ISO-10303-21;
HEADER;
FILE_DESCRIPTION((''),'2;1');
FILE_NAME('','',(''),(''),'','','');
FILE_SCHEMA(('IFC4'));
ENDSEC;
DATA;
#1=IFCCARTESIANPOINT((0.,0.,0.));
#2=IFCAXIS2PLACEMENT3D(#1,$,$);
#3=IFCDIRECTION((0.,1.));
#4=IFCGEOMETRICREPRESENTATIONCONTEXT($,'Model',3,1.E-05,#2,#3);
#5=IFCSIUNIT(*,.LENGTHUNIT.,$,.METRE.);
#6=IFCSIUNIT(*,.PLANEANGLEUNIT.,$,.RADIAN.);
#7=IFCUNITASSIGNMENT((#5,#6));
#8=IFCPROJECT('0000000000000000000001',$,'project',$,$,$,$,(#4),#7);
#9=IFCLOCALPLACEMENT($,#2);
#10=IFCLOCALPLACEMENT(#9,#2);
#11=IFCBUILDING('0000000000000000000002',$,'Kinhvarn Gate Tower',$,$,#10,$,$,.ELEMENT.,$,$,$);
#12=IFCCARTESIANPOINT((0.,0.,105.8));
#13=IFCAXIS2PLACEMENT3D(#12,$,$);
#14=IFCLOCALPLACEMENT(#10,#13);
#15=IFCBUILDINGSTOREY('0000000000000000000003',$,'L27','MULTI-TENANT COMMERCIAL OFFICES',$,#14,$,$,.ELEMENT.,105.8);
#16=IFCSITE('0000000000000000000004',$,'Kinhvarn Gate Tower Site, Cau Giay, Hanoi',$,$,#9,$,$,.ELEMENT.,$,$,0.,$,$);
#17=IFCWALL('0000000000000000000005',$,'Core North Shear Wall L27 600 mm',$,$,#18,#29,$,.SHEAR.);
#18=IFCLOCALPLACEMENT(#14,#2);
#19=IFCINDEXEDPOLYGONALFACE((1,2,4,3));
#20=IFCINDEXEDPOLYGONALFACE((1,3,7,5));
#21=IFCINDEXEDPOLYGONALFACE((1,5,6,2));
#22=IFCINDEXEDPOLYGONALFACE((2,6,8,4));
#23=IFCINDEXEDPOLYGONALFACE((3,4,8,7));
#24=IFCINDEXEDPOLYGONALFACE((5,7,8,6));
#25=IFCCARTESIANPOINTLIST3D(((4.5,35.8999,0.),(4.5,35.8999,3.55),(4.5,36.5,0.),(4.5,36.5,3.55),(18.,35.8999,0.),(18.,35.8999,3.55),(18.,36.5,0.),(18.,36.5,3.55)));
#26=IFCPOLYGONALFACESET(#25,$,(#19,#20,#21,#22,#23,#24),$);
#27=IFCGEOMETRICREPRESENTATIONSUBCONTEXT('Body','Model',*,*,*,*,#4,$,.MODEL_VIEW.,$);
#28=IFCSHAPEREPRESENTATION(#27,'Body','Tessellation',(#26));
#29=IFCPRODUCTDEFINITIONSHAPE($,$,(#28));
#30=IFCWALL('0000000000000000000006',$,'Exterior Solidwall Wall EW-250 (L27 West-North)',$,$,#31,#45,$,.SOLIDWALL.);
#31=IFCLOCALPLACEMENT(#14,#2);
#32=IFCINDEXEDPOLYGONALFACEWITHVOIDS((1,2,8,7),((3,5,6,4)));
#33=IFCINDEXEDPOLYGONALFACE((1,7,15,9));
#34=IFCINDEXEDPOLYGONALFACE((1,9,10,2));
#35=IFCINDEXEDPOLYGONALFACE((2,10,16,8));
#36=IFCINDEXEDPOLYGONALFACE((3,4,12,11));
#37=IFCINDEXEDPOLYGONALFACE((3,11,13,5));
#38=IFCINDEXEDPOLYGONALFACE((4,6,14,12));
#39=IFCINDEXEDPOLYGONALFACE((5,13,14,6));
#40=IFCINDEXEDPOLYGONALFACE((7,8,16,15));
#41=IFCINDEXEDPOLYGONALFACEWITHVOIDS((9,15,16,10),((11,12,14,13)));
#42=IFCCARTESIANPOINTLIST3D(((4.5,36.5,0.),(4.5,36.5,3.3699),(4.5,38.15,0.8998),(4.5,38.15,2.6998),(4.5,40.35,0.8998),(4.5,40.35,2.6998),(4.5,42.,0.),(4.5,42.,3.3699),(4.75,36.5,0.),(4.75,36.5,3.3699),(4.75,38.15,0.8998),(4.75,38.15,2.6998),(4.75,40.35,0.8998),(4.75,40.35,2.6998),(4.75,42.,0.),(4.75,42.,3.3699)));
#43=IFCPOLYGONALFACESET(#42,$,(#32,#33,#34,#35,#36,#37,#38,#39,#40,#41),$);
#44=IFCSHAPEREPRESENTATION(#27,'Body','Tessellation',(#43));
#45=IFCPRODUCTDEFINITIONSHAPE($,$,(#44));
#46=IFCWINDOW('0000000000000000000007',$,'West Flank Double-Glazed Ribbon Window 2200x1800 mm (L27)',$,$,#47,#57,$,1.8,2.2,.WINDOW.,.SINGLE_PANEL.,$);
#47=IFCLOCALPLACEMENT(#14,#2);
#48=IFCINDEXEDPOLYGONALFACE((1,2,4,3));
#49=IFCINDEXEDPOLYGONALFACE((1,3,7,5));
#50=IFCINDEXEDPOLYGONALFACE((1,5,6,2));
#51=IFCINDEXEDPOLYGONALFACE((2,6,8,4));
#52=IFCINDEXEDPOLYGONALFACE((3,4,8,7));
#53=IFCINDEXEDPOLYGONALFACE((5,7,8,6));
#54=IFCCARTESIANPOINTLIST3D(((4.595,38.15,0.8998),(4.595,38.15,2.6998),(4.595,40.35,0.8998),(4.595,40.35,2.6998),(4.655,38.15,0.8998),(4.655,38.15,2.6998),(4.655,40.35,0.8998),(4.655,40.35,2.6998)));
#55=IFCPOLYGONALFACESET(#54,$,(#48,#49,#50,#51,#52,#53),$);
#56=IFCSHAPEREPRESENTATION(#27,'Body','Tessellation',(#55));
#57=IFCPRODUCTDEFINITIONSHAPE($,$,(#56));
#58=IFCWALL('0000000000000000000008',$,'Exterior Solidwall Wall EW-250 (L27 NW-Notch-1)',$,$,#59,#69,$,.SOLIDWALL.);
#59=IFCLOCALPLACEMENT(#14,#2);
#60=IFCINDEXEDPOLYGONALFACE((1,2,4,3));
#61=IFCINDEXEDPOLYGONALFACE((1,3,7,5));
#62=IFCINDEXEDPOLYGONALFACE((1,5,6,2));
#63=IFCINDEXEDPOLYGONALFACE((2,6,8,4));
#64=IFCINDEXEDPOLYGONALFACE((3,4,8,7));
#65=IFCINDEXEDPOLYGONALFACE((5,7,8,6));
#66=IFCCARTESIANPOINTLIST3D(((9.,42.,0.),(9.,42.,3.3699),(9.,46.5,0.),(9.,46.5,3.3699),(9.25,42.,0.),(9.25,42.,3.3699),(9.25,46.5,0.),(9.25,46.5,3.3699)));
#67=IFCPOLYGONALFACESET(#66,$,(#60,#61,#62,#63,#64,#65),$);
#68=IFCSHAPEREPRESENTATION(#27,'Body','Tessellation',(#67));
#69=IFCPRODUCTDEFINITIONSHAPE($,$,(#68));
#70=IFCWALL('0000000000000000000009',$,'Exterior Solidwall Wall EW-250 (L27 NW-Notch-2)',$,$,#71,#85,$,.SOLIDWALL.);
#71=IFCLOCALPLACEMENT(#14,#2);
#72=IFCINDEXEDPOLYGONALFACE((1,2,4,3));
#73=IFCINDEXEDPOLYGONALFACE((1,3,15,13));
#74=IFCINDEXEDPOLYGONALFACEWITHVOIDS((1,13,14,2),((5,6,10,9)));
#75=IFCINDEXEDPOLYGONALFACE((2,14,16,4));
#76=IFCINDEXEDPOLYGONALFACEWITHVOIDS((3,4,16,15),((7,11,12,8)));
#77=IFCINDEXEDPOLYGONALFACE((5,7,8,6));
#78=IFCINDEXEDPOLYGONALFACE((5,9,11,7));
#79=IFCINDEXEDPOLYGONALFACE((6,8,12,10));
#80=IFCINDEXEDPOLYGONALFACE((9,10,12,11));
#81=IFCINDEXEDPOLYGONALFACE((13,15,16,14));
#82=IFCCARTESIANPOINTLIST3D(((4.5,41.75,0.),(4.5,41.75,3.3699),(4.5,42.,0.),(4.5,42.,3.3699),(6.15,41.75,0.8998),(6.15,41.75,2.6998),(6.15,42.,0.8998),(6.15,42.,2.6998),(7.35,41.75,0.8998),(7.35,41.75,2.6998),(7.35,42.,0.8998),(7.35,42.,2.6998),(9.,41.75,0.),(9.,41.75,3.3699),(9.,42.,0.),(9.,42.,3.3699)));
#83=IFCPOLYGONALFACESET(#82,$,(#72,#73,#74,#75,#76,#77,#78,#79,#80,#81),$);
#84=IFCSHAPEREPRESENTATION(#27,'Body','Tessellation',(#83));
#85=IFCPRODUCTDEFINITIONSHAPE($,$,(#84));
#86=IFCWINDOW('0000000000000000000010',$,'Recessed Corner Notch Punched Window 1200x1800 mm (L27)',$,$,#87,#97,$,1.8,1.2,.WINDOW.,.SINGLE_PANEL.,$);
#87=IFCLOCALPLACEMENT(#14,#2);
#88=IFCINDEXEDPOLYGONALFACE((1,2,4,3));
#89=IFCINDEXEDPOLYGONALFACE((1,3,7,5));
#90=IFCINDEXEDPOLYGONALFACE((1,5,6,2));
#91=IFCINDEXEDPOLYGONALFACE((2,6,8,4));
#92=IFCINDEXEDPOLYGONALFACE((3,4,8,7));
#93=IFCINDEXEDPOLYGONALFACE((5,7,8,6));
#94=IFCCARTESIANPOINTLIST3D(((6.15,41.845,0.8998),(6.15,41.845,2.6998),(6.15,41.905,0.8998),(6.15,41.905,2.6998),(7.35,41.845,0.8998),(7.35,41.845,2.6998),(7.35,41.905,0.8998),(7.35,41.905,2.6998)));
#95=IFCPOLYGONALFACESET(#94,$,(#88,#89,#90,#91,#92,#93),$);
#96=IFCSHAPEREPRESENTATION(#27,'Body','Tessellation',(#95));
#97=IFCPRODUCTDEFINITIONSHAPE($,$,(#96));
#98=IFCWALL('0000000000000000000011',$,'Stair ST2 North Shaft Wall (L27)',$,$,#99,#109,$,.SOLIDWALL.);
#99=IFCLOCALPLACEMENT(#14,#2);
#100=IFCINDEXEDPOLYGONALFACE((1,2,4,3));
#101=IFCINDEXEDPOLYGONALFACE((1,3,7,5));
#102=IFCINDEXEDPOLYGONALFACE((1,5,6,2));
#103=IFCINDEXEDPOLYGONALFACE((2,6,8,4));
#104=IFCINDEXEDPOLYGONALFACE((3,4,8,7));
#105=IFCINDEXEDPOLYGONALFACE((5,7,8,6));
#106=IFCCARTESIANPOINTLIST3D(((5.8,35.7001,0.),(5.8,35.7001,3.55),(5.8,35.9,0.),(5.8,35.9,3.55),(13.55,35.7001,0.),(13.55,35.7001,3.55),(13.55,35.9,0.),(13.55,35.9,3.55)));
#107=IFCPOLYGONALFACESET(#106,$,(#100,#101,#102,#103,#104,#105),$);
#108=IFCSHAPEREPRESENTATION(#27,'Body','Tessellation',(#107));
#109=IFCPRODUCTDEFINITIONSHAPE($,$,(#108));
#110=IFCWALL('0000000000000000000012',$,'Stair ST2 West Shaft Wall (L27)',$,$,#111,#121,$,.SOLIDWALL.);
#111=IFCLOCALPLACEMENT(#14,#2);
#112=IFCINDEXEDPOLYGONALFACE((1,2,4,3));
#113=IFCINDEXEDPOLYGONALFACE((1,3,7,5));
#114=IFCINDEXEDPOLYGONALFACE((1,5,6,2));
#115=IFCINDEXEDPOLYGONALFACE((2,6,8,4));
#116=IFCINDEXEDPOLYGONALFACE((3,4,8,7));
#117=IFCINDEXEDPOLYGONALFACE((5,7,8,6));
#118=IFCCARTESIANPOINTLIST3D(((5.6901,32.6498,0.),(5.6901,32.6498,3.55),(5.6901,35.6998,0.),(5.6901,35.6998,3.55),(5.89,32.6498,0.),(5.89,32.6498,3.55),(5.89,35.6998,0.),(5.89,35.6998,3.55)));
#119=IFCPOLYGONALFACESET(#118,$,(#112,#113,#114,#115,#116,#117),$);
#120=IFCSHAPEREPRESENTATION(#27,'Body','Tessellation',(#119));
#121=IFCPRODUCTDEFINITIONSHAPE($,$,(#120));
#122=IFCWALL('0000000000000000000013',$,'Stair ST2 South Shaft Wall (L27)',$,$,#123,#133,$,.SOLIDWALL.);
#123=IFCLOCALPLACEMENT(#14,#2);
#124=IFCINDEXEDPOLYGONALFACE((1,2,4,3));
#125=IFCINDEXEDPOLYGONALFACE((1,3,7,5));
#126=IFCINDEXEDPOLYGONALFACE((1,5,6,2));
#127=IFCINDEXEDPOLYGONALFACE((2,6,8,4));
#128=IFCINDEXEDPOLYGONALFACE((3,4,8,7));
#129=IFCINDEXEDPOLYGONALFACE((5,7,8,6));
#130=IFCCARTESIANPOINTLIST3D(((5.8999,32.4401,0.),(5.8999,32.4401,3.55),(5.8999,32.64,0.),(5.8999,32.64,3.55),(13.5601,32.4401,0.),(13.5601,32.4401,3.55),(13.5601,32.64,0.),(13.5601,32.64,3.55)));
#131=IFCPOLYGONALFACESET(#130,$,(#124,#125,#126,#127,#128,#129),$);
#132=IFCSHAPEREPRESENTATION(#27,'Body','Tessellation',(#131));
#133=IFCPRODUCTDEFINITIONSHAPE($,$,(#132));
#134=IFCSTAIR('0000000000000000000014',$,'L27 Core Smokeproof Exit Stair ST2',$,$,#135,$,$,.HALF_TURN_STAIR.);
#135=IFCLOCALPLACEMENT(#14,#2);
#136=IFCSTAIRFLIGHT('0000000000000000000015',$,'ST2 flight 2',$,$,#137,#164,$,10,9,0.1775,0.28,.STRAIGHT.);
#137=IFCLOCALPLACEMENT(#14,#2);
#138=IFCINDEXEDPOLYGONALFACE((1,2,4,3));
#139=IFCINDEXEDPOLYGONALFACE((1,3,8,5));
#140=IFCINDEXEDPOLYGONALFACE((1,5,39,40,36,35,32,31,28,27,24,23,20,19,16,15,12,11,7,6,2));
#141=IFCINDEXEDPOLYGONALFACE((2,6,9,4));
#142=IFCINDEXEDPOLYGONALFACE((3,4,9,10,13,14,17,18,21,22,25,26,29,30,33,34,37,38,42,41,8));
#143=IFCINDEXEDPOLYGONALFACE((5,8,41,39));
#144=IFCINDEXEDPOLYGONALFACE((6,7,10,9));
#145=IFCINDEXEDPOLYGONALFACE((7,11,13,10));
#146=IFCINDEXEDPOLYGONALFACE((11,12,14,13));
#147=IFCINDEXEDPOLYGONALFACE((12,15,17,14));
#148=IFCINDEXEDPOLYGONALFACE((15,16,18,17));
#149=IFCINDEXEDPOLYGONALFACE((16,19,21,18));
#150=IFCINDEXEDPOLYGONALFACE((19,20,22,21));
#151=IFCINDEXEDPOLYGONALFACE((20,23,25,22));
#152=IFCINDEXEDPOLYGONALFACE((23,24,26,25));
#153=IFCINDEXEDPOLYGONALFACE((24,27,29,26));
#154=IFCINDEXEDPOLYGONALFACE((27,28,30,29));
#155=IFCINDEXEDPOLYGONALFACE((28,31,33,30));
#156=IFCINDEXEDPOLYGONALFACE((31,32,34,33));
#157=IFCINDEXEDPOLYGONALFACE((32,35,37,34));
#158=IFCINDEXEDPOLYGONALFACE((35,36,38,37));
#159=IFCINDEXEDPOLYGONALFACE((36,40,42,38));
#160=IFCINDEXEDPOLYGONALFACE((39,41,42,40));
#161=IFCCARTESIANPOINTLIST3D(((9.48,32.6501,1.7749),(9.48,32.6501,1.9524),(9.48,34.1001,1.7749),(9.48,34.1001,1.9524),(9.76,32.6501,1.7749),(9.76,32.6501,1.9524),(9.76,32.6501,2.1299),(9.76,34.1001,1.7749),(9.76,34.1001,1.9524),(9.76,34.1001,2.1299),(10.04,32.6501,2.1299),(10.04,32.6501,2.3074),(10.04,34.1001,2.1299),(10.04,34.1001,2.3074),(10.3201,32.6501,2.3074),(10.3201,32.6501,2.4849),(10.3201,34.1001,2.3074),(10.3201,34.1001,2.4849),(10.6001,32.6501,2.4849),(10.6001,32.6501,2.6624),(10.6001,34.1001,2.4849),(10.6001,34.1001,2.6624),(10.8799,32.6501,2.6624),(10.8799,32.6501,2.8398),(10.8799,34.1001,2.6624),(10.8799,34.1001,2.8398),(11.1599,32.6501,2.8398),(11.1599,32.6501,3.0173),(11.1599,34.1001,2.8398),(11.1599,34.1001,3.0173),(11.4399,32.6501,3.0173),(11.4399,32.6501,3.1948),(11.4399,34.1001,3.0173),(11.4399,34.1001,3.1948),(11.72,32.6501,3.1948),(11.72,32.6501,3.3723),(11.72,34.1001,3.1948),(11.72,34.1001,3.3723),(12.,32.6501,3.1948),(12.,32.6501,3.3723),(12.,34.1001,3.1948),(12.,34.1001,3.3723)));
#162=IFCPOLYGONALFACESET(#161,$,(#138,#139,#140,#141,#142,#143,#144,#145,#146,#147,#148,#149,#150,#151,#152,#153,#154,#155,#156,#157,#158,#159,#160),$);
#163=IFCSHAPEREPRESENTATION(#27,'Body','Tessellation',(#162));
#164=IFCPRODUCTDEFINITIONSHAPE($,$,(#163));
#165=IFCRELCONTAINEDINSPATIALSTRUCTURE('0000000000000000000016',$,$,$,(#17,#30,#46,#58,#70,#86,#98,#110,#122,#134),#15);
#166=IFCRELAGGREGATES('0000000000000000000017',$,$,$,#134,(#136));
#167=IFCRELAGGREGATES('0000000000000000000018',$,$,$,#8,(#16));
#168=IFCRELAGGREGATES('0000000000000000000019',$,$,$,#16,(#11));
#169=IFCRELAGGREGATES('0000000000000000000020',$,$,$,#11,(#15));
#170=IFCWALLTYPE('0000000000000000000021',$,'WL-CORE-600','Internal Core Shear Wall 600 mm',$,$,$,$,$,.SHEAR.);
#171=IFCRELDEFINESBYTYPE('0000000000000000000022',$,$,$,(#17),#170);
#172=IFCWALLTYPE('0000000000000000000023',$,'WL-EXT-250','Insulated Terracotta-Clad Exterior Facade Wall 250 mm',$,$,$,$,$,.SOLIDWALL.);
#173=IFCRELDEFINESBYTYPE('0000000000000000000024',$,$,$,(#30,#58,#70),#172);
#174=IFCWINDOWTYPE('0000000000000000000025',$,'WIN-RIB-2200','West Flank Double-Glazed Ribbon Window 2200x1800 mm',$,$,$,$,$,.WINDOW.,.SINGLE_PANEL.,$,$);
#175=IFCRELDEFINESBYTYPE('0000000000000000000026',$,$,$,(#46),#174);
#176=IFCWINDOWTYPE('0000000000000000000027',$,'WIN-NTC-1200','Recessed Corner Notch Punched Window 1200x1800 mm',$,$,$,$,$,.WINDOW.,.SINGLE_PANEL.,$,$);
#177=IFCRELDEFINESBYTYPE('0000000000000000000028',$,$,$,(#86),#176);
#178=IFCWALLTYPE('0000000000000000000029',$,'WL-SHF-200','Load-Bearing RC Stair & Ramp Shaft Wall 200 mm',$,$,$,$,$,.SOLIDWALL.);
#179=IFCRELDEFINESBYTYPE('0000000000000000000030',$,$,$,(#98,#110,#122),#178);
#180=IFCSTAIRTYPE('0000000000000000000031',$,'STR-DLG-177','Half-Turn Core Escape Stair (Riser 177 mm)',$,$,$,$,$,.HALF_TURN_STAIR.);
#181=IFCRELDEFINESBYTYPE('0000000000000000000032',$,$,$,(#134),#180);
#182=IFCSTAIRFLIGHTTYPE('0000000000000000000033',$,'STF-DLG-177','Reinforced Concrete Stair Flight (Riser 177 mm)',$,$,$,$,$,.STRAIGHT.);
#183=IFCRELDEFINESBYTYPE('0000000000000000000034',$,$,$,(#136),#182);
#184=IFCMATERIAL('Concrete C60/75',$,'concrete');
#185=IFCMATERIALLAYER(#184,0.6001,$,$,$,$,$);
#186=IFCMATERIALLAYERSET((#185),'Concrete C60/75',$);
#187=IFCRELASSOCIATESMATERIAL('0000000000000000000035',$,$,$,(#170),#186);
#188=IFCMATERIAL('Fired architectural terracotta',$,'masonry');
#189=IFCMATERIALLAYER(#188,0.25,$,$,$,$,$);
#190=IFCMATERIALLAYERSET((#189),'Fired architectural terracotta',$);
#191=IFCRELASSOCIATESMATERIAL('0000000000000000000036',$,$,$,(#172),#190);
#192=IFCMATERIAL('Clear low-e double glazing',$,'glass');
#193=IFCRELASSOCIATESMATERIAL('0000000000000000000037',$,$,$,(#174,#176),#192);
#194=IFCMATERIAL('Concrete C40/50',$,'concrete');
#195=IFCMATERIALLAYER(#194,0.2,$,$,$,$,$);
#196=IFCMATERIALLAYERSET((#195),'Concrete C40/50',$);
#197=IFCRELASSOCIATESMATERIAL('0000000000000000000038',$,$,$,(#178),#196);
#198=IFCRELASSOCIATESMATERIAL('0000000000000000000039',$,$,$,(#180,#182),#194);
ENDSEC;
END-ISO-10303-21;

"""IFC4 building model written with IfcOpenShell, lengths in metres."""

from ifc_helpers import new_model, si_unit, direction, frame, frame_2d, origin, place, context, subcontext, project, spatial, polyline, rectangle, outline, extrude, material, layer, layer_set, type_object, element, fill, aggregate, save


model = new_model("IFC4")

# Units and contexts
model_context = context("Model", 3, precision=1e-05, world=origin(), true_north=direction((0.0, 1.0)))
body_context = subcontext(model_context, "Body", "Model", "MODEL_VIEW")
ifc_project = project(units=[si_unit("LENGTHUNIT", "METRE"), si_unit("PLANEANGLEUNIT", "RADIAN")], contexts=[model_context])

# Site, building, storey
site_placement = place(None, origin())
site = spatial("IfcSite", under=ifc_project, at=site_placement, Name="Kinhvarn Gate Tower Site, Cau Giay, Hanoi", CompositionType="ELEMENT", RefElevation=0.0)
building_placement = place(site_placement, origin())
building = spatial("IfcBuilding", under=site, at=building_placement, Name="Kinhvarn Gate Tower", CompositionType="ELEMENT")
storey_placement = place(building_placement, frame((0.0, 0.0, 105.8)))
storey = spatial("IfcBuildingStorey", under=building, at=storey_placement, Name="L27", Description="MULTI-TENANT COMMERCIAL OFFICES", CompositionType="ELEMENT", Elevation=105.8)

# Shared definitions
ifc_material_1 = material(Name="Concrete C60/75", Category="concrete")

# Shared definitions
ifc_material_2 = material(Name="Clear low-e double glazing", Category="glass")

# Wall
ifc_layer_1 = layer(ifc_material_1, 0.6001)
ifc_layer_set_1 = layer_set([ifc_layer_1], Name="Concrete C60/75")
wall_type_1 = type_object("IfcWallType", Name="WL-CORE-600", Description="Internal Core Shear Wall 600 mm", PredefinedType="SHEAR", material=ifc_layer_set_1)
wall_1_placement = place(storey_placement, frame((4.5, 36.2, 0.0), z_axis=(0.0, 0.0, 1.0), x_axis=(1.0, 0.0, 0.0)))
element("IfcWall", 1, at=wall_1_placement, inside=storey, type_object=wall_type_1, Name="Core North Shear Wall L27 600 mm", PredefinedType="SHEAR", context=body_context, shape_type="SweptSolid", body=[
    extrude(rectangle(XDim=13.5, YDim=0.6001, at=frame_2d((6.75, 0.0))), origin(), (0.0, 0.0, 1.0), 3.55),
])

# Wall, opening, window
ifc_material_3 = material(Name="Fired architectural terracotta", Category="masonry")
ifc_layer_2 = layer(ifc_material_3, 0.25)
ifc_layer_set_2 = layer_set([ifc_layer_2], Name="Fired architectural terracotta")
wall_type_2 = type_object("IfcWallType", Name="WL-EXT-250", Description="Insulated Terracotta-Clad Exterior Facade Wall 250 mm", PredefinedType="SOLIDWALL", material=ifc_layer_set_2)
wall_2_placement = place(storey_placement, frame((4.625, 42.0, 0.0), z_axis=(0.0, 0.0, 1.0), x_axis=(0.0, -1.0, 0.0)))
wall_2 = element("IfcWall", 2, at=wall_2_placement, inside=storey, type_object=wall_type_2, Name="Exterior Solidwall Wall EW-250 (L27 West-North)", PredefinedType="SOLIDWALL", context=body_context, shape_type="SweptSolid", body=[
    extrude(rectangle(XDim=5.5, YDim=0.25, at=frame_2d((2.75, 0.0))), origin(), (0.0, 0.0, 1.0), 3.3699),
])
opening_1_placement = place(wall_2_placement, frame((1.6499, 0.0, 0.8999)))
opening_1 = element("IfcOpeningElement", 3, at=opening_1_placement, cuts=wall_2, PredefinedType="OPENING", context=body_context, shape_type="SweptSolid", body=[
    extrude(rectangle(XDim=2.2, YDim=1.8, at=frame_2d((1.1001, 0.8999))), frame((0.0, 0.135, 0.0), z_axis=(0.0, -1.0, 0.0), x_axis=(1.0, 0.0, 0.0)), (0.0, 0.0, 1.0), 0.27),
])
window_type_1 = type_object("IfcWindowType", Name="WIN-RIB-2200", Description="West Flank Double-Glazed Ribbon Window 2200x1800 mm", PartitioningType="SINGLE_PANEL", PredefinedType="WINDOW", material=ifc_material_2)
window_1_placement = place(opening_1_placement, origin())
window_1 = element("IfcWindow", 4, at=window_1_placement, inside=storey, type_object=window_type_1, Name="West Flank Double-Glazed Ribbon Window 2200x1800 mm (L27)", OverallHeight=1.8, OverallWidth=2.2, PartitioningType="SINGLE_PANEL", PredefinedType="WINDOW", context=body_context, shape_type="SweptSolid", body=[
    extrude(rectangle(XDim=2.2, YDim=1.8, at=frame_2d((1.1001, 0.8999))), frame((0.0, 0.03, 0.0), z_axis=(0.0, -1.0, 0.0), x_axis=(1.0, 0.0, 0.0)), (0.0, 0.0, 1.0), 0.0601),
])
fill(opening_1, window_1)

# Wall
wall_3_placement = place(storey_placement, frame((9.125, 46.5, 0.0), z_axis=(0.0, 0.0, 1.0), x_axis=(0.0, -1.0, 0.0)))
element("IfcWall", 5, at=wall_3_placement, inside=storey, type_object=wall_type_2, Name="Exterior Solidwall Wall EW-250 (L27 NW-Notch-1)", PredefinedType="SOLIDWALL", context=body_context, shape_type="SweptSolid", body=[
    extrude(rectangle(XDim=4.5, YDim=0.25, at=frame_2d((2.25, 0.0))), origin(), (0.0, 0.0, 1.0), 3.3699),
])

# Wall, opening, window
wall_4_placement = place(storey_placement, frame((9.0, 41.875, 0.0), z_axis=(0.0, 0.0, 1.0), x_axis=(-1.0, 0.0, 0.0)))
wall_4 = element("IfcWall", 6, at=wall_4_placement, inside=storey, type_object=wall_type_2, Name="Exterior Solidwall Wall EW-250 (L27 NW-Notch-2)", PredefinedType="SOLIDWALL", context=body_context, shape_type="SweptSolid", body=[
    extrude(rectangle(XDim=4.5, YDim=0.25, at=frame_2d((2.25, 0.0))), origin(), (0.0, 0.0, 1.0), 3.3699),
])
opening_2_placement = place(wall_4_placement, frame((1.6499, 0.0, 0.8999)))
opening_2 = element("IfcOpeningElement", 7, at=opening_2_placement, cuts=wall_4, PredefinedType="OPENING", context=body_context, shape_type="SweptSolid", body=[
    extrude(rectangle(XDim=1.2, YDim=1.8, at=frame_2d((0.6001, 0.8999))), frame((0.0, 0.135, 0.0), z_axis=(0.0, -1.0, 0.0), x_axis=(1.0, 0.0, 0.0)), (0.0, 0.0, 1.0), 0.27),
])
window_type_2 = type_object("IfcWindowType", Name="WIN-NTC-1200", Description="Recessed Corner Notch Punched Window 1200x1800 mm", PartitioningType="SINGLE_PANEL", PredefinedType="WINDOW", material=ifc_material_2)
window_2_placement = place(opening_2_placement, origin())
window_2 = element("IfcWindow", 8, at=window_2_placement, inside=storey, type_object=window_type_2, Name="Recessed Corner Notch Punched Window 1200x1800 mm (L27)", OverallHeight=1.8, OverallWidth=1.2, PartitioningType="SINGLE_PANEL", PredefinedType="WINDOW", context=body_context, shape_type="SweptSolid", body=[
    extrude(rectangle(XDim=1.2, YDim=1.8, at=frame_2d((0.6001, 0.8999))), frame((0.0, 0.03, 0.0), z_axis=(0.0, -1.0, 0.0), x_axis=(1.0, 0.0, 0.0)), (0.0, 0.0, 1.0), 0.0601),
])
fill(opening_2, window_2)

# Walls
ifc_material_4 = material(Name="Concrete C40/50", Category="concrete")
ifc_layer_3 = layer(ifc_material_4, 0.2)
ifc_layer_set_3 = layer_set([ifc_layer_3], Name="Concrete C40/50")
wall_type_3 = type_object("IfcWallType", Name="WL-SHF-200", Description="Load-Bearing RC Stair & Ramp Shaft Wall 200 mm", PredefinedType="SOLIDWALL", material=ifc_layer_set_3)
wall_5_placement = place(storey_placement, frame((5.8, 35.8, 0.0), z_axis=(0.0, 0.0, 1.0), x_axis=(1.0, 0.0, 0.0)))
element("IfcWall", 9, at=wall_5_placement, inside=storey, type_object=wall_type_3, Name="Stair ST2 North Shaft Wall (L27)", PredefinedType="SOLIDWALL", context=body_context, shape_type="SweptSolid", body=[
    extrude(rectangle(XDim=7.75, YDim=0.2, at=frame_2d((3.875, 0.0))), origin(), (0.0, 0.0, 1.0), 3.55),
])
wall_6_placement = place(storey_placement, frame((5.79, 32.6499, 0.0), z_axis=(0.0, 0.0, 1.0), x_axis=(0.0, 1.0, 0.0)))
element("IfcWall", 10, at=wall_6_placement, inside=storey, type_object=wall_type_3, Name="Stair ST2 West Shaft Wall (L27)", PredefinedType="SOLIDWALL", context=body_context, shape_type="SweptSolid", body=[
    extrude(rectangle(XDim=3.05, YDim=0.2, at=frame_2d((1.5249, 0.0))), origin(), (0.0, 0.0, 1.0), 3.55),
])
wall_7_placement = place(storey_placement, frame((5.8999, 32.54, 0.0), z_axis=(0.0, 0.0, 1.0), x_axis=(1.0, 0.0, 0.0)))
element("IfcWall", 11, at=wall_7_placement, inside=storey, type_object=wall_type_3, Name="Stair ST2 South Shaft Wall (L27)", PredefinedType="SOLIDWALL", context=body_context, shape_type="SweptSolid", body=[
    extrude(rectangle(XDim=7.6602, YDim=0.2, at=frame_2d((3.8301, 0.0))), origin(), (0.0, 0.0, 1.0), 3.55),
])

# Stair, stair flight
stair_type = type_object("IfcStairType", Name="STR-DLG-177", Description="Half-Turn Core Escape Stair (Riser 177 mm)", PredefinedType="HALF_TURN_STAIR", material=ifc_material_4)
stair_placement = place(storey_placement, origin())
stair = element("IfcStair", 12, at=stair_placement, inside=storey, type_object=stair_type, Name="L27 Core Smokeproof Exit Stair ST2", PredefinedType="HALF_TURN_STAIR")
stair_flight_type = type_object("IfcStairFlightType", Name="STF-DLG-177", Description="Reinforced Concrete Stair Flight (Riser 177 mm)", PredefinedType="STRAIGHT", material=ifc_material_4)
stair_flight_placement = place(storey_placement, frame((9.48, 33.375, 1.7749), z_axis=(0.0, 0.0, 1.0), x_axis=(1.0, 0.0, 0.0)))
stair_flight = element("IfcStairFlight", 13, at=stair_flight_placement, type_object=stair_flight_type, Name="ST2 flight 2", NumberOfRisers=10, NumberOfTreads=9, PredefinedType="STRAIGHT", RiserHeight=0.1775, TreadLength=0.28, context=body_context, shape_type="SweptSolid", body=[
    extrude(outline(polyline([(0.0, 0.0), (0.0, 0.1775), (0.28, 0.1775), (0.28, 0.355), (0.5601, 0.355), (0.5601, 0.5325), (0.8401, 0.5325), (0.8401, 0.71), (1.1201, 0.71), (1.1201, 0.8875), (1.3999, 0.8875), (1.3999, 1.0649), (1.6799, 1.0649), (1.6799, 1.2424), (1.96, 1.2424), (1.96, 1.4199), (2.24, 1.4199), (2.24, 1.5974), (2.52, 1.5974), (2.52, 1.7749), (2.52, 1.4199), (0.28, 0.0), (0.0, 0.0)])), frame((0.0, 0.7251, 0.0), z_axis=(0.0, -1.0, 0.0), x_axis=(1.0, 0.0, 0.0)), (0.0, 0.0, 1.0), 1.45),
])
aggregate(stair, [stair_flight])

save(model, "model.ifc")
